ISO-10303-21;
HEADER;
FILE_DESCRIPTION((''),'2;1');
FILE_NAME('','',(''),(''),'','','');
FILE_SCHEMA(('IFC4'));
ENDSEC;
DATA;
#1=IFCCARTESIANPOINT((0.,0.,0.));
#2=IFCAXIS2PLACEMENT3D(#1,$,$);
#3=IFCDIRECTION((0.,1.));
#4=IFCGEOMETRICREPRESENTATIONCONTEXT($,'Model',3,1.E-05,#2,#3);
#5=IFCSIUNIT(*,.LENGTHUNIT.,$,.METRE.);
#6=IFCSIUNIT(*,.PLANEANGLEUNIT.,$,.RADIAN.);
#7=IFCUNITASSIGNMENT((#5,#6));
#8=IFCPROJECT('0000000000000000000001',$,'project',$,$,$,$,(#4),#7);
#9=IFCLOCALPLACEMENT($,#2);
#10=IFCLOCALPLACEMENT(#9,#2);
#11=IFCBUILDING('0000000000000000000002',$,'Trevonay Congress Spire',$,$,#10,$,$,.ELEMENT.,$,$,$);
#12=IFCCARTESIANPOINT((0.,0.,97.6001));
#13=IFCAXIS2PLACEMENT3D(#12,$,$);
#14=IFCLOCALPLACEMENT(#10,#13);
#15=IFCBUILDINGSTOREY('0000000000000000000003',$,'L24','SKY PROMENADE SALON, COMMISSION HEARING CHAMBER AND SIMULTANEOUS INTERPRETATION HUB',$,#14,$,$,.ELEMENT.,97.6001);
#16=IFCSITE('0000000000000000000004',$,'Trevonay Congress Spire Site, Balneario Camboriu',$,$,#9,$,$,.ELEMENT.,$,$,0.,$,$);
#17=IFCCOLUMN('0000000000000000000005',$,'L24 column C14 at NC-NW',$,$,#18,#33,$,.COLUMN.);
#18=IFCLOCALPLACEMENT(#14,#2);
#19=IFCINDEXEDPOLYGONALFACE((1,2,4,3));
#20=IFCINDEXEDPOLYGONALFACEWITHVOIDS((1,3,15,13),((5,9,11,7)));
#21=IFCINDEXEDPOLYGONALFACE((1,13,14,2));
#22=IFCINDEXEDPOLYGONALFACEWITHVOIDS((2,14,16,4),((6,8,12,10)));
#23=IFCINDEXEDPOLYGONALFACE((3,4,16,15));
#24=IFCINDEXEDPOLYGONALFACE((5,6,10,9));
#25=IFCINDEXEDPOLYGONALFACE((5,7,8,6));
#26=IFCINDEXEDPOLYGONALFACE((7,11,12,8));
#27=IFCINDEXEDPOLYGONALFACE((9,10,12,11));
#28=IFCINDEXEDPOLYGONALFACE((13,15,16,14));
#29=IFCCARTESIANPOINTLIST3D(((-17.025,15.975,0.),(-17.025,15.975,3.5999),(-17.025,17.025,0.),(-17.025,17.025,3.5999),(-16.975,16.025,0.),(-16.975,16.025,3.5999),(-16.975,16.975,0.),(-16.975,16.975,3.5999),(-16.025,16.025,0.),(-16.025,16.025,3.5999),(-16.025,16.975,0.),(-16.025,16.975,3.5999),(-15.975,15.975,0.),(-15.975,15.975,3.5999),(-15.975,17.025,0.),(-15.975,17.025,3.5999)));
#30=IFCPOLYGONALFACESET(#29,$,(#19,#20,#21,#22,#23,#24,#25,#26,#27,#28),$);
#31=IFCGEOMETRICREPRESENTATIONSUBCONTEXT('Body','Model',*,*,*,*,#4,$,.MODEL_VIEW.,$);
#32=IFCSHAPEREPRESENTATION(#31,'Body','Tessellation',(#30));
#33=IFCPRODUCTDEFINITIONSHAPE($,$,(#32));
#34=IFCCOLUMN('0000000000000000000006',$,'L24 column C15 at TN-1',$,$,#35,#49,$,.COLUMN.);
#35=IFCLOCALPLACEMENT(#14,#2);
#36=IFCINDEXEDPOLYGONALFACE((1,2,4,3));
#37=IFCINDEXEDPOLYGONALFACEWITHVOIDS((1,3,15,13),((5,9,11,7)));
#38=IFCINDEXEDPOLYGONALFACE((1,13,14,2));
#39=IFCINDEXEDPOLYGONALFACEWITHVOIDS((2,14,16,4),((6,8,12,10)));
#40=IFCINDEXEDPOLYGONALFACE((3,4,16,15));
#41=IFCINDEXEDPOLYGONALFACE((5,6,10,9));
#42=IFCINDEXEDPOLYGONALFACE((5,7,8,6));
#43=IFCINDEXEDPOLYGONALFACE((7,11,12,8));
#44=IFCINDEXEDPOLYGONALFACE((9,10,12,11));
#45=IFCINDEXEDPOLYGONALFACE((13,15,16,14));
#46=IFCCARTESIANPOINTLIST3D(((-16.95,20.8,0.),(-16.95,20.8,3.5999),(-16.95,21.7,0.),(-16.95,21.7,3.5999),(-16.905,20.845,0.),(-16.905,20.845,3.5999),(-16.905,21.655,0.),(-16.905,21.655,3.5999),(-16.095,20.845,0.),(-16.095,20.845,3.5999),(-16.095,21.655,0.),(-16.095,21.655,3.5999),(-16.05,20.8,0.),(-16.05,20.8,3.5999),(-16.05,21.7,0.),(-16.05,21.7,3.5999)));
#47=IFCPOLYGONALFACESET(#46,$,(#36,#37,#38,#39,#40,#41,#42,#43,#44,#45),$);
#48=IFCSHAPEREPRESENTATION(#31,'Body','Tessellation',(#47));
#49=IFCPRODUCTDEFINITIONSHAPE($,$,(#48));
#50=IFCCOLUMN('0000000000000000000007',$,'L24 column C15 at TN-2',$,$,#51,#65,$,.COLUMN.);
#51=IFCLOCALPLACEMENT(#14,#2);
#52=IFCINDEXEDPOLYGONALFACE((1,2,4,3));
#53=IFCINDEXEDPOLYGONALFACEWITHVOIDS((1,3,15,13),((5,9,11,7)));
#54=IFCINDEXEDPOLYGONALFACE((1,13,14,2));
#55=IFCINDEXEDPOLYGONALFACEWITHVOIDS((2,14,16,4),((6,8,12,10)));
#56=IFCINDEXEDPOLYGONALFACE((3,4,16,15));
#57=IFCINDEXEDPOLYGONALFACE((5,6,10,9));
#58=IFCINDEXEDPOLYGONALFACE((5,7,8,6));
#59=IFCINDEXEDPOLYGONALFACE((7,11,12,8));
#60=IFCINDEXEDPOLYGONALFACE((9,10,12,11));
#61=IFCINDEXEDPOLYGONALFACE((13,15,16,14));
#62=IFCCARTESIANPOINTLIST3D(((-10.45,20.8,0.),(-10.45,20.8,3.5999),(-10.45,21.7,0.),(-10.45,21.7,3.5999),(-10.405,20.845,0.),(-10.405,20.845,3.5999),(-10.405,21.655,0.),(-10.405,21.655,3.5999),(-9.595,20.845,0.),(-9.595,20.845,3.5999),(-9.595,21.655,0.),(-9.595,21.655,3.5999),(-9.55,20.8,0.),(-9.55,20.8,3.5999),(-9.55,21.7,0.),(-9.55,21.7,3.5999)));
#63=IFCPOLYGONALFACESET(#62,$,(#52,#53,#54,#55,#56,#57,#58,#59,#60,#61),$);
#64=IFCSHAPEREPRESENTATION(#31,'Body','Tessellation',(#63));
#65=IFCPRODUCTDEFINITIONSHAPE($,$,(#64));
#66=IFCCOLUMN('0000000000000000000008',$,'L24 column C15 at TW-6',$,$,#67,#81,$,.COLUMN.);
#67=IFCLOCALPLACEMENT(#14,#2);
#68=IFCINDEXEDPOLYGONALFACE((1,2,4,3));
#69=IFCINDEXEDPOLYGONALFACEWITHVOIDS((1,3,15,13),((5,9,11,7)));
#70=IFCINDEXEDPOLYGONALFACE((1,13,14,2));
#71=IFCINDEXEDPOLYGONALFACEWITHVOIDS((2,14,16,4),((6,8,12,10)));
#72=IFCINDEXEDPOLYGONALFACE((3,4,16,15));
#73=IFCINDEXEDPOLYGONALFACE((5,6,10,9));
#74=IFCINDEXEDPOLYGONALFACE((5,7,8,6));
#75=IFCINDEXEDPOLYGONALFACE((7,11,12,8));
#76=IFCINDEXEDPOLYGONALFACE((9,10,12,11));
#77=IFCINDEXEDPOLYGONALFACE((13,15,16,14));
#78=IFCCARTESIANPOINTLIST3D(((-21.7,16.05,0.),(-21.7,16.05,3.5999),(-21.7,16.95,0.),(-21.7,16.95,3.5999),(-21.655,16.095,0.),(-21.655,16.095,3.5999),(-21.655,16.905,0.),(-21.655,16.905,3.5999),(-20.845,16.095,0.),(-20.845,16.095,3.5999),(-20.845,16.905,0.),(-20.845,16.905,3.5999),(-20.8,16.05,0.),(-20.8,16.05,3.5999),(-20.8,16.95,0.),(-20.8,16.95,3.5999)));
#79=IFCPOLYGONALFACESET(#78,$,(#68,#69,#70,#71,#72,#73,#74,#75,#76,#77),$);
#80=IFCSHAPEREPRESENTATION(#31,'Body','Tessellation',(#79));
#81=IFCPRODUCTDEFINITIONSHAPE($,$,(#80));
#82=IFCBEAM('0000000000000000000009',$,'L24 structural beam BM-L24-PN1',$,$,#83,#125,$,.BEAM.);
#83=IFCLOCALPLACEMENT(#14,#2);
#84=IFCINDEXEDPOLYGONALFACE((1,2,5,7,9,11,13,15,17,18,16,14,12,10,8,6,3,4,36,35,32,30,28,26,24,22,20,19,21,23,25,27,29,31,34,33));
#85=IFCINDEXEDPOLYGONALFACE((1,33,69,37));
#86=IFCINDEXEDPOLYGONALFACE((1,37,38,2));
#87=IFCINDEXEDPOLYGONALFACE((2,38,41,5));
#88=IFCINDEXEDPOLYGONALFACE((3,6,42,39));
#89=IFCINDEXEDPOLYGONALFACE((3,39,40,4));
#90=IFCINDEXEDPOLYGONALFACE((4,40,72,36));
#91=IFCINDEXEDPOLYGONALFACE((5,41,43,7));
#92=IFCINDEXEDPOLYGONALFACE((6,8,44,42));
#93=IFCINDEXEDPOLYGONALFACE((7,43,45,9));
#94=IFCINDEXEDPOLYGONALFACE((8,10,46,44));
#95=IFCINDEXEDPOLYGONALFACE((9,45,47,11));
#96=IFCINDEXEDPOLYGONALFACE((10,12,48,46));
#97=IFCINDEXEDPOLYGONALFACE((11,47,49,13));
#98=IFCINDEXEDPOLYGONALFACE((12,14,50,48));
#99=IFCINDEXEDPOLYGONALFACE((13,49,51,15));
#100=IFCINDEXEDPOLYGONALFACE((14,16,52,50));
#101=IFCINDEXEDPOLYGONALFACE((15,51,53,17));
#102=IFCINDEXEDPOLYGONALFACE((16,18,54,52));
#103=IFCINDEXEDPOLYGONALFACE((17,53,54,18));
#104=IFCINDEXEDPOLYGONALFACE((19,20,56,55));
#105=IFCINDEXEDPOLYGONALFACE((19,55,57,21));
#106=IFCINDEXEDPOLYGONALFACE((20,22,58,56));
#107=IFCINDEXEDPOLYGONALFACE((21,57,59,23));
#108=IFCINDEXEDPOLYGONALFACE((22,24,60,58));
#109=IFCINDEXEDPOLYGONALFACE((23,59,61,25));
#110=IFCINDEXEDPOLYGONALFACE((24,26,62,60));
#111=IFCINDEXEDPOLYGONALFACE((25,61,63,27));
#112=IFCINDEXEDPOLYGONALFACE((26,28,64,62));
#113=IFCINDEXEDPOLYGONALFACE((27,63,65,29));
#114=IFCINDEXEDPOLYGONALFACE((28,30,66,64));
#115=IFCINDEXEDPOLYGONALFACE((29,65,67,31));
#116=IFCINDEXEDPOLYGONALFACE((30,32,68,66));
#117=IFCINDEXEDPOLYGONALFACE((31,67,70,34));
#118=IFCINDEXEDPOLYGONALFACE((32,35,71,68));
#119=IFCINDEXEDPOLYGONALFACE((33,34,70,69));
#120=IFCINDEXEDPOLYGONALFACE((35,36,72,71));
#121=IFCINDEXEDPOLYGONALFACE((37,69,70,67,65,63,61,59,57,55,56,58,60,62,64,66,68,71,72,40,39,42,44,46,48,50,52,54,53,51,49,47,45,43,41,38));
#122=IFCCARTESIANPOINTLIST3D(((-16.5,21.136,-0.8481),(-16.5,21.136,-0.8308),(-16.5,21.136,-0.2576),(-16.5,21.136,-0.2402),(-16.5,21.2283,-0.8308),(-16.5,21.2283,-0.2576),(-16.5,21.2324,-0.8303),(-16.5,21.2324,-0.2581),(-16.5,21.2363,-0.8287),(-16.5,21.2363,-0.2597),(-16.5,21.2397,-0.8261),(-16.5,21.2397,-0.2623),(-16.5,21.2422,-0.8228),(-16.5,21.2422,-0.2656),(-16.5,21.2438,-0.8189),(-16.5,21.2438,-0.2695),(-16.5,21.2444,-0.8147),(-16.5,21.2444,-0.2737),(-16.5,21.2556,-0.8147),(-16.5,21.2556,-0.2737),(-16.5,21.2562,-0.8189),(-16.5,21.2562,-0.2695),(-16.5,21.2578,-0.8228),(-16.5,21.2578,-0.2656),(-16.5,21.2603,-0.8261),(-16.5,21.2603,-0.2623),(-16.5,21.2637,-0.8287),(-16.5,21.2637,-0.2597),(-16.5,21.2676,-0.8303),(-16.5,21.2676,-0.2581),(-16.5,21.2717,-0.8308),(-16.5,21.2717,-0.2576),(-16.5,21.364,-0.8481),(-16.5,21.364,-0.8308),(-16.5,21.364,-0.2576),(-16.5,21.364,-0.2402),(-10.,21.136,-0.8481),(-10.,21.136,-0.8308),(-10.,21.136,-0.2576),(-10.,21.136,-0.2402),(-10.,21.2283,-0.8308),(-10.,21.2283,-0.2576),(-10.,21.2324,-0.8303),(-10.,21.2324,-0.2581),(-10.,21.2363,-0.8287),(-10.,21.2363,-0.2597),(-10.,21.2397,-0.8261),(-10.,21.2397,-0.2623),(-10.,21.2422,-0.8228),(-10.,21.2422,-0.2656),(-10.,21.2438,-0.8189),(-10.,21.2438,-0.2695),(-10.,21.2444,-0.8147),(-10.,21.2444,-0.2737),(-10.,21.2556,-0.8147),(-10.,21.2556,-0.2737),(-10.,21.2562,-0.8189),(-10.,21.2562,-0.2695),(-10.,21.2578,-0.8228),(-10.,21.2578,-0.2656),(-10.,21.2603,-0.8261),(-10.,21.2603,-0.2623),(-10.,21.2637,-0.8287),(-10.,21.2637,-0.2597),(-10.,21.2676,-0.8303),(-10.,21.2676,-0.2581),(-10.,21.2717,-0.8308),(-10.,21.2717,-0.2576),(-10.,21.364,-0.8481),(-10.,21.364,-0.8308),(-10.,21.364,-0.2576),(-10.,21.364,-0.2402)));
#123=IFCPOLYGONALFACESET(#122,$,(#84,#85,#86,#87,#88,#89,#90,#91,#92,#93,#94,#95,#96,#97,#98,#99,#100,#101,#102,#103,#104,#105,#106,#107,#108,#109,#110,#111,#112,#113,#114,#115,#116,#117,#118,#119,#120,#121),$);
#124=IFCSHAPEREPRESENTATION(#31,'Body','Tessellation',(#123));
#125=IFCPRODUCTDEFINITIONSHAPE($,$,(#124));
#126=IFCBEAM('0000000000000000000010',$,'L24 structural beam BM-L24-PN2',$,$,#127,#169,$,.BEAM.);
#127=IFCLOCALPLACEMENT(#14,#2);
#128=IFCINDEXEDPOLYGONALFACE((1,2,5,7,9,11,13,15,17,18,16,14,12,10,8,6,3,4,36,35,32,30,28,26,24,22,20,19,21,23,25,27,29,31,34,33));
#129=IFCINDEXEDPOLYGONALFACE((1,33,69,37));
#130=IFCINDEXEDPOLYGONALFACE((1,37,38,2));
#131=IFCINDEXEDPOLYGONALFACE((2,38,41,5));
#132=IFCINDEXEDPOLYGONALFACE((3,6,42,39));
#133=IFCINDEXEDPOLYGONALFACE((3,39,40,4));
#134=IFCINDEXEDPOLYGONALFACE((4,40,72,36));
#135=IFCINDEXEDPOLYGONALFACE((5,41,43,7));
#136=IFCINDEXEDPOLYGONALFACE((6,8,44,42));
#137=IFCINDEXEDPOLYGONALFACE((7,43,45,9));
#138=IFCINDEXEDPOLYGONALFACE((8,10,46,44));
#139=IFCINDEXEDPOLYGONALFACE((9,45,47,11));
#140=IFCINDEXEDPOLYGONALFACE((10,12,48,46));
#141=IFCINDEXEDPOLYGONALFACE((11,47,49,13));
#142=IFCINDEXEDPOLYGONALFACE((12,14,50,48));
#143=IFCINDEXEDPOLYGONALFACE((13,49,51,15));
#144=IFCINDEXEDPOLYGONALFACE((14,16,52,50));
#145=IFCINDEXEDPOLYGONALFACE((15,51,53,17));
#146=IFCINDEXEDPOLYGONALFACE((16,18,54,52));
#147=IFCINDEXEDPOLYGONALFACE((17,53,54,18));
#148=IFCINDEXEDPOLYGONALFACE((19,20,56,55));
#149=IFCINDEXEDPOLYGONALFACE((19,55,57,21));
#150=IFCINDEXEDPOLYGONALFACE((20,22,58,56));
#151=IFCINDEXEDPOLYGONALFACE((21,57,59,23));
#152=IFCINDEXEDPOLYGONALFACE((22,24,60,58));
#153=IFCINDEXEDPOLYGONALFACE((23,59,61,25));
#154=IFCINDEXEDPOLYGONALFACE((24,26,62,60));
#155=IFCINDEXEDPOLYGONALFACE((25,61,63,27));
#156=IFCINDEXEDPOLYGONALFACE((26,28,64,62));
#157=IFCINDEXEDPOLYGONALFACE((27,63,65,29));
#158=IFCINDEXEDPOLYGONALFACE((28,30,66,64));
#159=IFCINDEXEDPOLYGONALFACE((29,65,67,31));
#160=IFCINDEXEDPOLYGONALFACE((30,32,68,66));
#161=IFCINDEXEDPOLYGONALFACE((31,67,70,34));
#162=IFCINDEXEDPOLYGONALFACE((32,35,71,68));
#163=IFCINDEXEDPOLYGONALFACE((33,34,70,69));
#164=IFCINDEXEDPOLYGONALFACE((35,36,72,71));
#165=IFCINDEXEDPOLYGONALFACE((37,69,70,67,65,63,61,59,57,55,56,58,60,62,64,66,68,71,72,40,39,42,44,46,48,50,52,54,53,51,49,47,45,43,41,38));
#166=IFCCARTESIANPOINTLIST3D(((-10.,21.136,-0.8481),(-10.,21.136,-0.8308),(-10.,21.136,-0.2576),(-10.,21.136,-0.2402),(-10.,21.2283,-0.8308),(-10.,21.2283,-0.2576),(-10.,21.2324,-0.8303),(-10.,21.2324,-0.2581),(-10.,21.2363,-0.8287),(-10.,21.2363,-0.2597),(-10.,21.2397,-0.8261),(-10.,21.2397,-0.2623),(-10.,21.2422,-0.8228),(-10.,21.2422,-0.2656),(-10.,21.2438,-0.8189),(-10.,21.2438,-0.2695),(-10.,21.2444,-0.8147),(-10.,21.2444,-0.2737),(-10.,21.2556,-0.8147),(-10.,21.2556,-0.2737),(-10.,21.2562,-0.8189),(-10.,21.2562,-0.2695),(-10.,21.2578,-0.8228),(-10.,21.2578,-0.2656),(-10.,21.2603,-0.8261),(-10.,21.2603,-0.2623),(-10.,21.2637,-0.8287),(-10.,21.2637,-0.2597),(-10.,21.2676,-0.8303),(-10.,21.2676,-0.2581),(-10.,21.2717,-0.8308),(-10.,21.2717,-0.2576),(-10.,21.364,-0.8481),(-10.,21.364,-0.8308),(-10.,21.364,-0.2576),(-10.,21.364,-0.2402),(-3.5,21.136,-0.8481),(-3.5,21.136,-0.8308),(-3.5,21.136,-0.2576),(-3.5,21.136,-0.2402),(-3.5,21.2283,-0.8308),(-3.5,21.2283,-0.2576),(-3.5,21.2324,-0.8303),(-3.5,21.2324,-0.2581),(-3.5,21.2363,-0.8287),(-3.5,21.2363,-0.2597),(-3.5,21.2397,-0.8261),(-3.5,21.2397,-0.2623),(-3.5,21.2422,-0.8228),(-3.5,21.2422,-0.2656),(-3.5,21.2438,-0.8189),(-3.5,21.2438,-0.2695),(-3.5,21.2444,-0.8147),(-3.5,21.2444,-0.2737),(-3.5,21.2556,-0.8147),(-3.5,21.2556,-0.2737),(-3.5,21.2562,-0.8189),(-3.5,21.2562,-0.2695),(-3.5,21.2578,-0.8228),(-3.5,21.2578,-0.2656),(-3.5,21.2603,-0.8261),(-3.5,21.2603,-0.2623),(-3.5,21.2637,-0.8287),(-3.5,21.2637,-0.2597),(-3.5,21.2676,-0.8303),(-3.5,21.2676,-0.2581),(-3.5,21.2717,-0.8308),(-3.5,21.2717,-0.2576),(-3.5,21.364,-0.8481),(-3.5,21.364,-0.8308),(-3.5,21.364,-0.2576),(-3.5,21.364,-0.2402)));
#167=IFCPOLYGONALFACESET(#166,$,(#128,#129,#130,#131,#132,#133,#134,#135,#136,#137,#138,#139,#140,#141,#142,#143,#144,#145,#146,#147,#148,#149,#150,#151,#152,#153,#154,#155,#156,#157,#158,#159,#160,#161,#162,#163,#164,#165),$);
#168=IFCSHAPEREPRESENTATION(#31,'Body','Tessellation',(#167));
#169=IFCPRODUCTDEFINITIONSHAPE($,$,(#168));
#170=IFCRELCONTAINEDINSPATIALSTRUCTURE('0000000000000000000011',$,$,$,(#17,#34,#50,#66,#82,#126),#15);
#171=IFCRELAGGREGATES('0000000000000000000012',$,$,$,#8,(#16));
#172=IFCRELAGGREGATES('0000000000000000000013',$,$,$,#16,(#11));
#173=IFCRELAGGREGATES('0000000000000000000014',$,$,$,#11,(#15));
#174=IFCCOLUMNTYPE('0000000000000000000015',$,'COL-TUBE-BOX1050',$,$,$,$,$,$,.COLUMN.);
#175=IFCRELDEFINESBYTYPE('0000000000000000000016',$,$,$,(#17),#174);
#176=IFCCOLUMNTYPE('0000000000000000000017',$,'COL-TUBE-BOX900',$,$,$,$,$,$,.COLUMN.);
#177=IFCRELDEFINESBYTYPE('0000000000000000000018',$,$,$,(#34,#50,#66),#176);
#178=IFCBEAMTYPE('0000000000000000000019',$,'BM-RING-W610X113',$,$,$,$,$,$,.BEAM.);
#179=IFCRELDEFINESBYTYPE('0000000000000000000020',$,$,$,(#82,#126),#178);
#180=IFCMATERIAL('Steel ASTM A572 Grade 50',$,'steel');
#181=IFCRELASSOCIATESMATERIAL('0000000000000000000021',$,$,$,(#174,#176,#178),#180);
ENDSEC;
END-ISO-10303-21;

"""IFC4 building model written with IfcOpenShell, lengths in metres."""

from ifc_helpers import new_model, si_unit, direction, frame, origin, origin_2d, place, context, subcontext, project, spatial, hollow_rectangle, i_section, extrude, material, material_profile, profile_set, type_object, element, save


model = new_model("IFC4")

# Units and contexts
model_context = context("Model", 3, precision=1e-05, world=origin(), true_north=direction((0.0, 1.0)))
body_context = subcontext(model_context, "Body", "Model", "MODEL_VIEW")
ifc_project = project(units=[si_unit("LENGTHUNIT", "METRE"), si_unit("PLANEANGLEUNIT", "RADIAN")], contexts=[model_context])

# Site, building, storey
site_placement = place(None, origin())
site = spatial("IfcSite", under=ifc_project, at=site_placement, Name="Trevonay Congress Spire Site, Balneario Camboriu", CompositionType="ELEMENT", RefElevation=0.0)
building_placement = place(site_placement, origin())
building = spatial("IfcBuilding", under=site, at=building_placement, Name="Trevonay Congress Spire", CompositionType="ELEMENT")
storey_placement = place(building_placement, frame((0.0, 0.0, 97.6001)))
storey = spatial("IfcBuildingStorey", under=building, at=storey_placement, Name="L24", Description="SKY PROMENADE SALON, COMMISSION HEARING CHAMBER AND SIMULTANEOUS INTERPRETATION HUB", CompositionType="ELEMENT", Elevation=97.6001)

# Columns
ifc_material_1 = material(Name="Steel ASTM A572 Grade 50", Category="steel")
ifc_material_profile_1 = material_profile(ifc_material_1, hollow_rectangle(XDim=1.05, YDim=1.05, WallThickness=0.05, at=origin_2d()), Name="BOX 1050x1050x50")
ifc_profile_set_1 = profile_set([ifc_material_profile_1], Name="Steel ASTM A572 Grade 50")
column_type_1 = type_object("IfcColumnType", Name="COL-TUBE-BOX1050", PredefinedType="COLUMN", material=ifc_profile_set_1)
column_placement = place(storey_placement, frame((-16.5, 16.5, 0.0), z_axis=(0.0, 0.0, 1.0), x_axis=(1.0, 0.0, 0.0)))
element("IfcColumn", 1, at=column_placement, inside=storey, type_object=column_type_1, Name="L24 column C14 at NC-NW", PredefinedType="COLUMN", context=body_context, shape_type="SweptSolid", body=[
    extrude(hollow_rectangle(XDim=1.05, YDim=1.05, WallThickness=0.05, at=origin_2d()), origin(), (0.0, 0.0, 1.0), 3.5999),
])
ifc_material_profile_2 = material_profile(ifc_material_1, hollow_rectangle(XDim=0.8999, YDim=0.8999, WallThickness=0.0449, at=origin_2d()), Name="BOX 900x900x45")
ifc_profile_set_2 = profile_set([ifc_material_profile_2], Name="Steel ASTM A572 Grade 50")
column_type_2 = type_object("IfcColumnType", Name="COL-TUBE-BOX900", PredefinedType="COLUMN", material=ifc_profile_set_2)
for number, where, z_axis, x_axis, name in (
    (2, (-16.5, 21.25, 0.0), (0.0, 0.0, 1.0), (1.0, 0.0, 0.0), "L24 column C15 at TN-1"),
    (3, (-10.0, 21.25, 0.0), (0.0, 0.0, 1.0), (1.0, 0.0, 0.0), "L24 column C15 at TN-2"),
    (4, (-21.25, 16.5, 0.0), (0.0, 0.0, 1.0), (1.0, 0.0, 0.0), "L24 column C15 at TW-6"),
):
    element("IfcColumn", number, at=place(storey_placement, frame(where, z_axis=z_axis, x_axis=x_axis)), inside=storey, type_object=column_type_2, Name=name, PredefinedType="COLUMN", context=body_context, shape_type="SweptSolid", body=[
        extrude(hollow_rectangle(XDim=0.8999, YDim=0.8999, WallThickness=0.0449, at=origin_2d()), origin(), (0.0, 0.0, 1.0), 3.5999),
    ])

# Beams
ifc_material_profile_3 = material_profile(ifc_material_1, i_section(OverallWidth=0.228, OverallDepth=0.6079, WebThickness=0.0112, FlangeThickness=0.0173, FilletRadius=0.0161, at=origin_2d()), Name="W610x113")
ifc_profile_set_3 = profile_set([ifc_material_profile_3], Name="Steel ASTM A572 Grade 50")
beam_type = type_object("IfcBeamType", Name="BM-RING-W610X113", PredefinedType="BEAM", material=ifc_profile_set_3)
for number, where, z_axis, x_axis, name in (
    (5, (-16.5, 21.25, -0.5442), (1.0, 0.0, 0.0), (0.0, 1.0, 0.0), "L24 structural beam BM-L24-PN1"),
    (6, (-10.0, 21.25, -0.5442), (1.0, 0.0, 0.0), (0.0, 1.0, 0.0), "L24 structural beam BM-L24-PN2"),
):
    element("IfcBeam", number, at=place(storey_placement, frame(where, z_axis=z_axis, x_axis=x_axis)), inside=storey, type_object=beam_type, Name=name, PredefinedType="BEAM", context=body_context, shape_type="SweptSolid", body=[
        extrude(i_section(OverallWidth=0.228, OverallDepth=0.6079, WebThickness=0.0112, FlangeThickness=0.0173, FilletRadius=0.0161, at=origin_2d()), origin(), (0.0, 0.0, 1.0), 6.5),
    ])

save(model, "model.ifc")
